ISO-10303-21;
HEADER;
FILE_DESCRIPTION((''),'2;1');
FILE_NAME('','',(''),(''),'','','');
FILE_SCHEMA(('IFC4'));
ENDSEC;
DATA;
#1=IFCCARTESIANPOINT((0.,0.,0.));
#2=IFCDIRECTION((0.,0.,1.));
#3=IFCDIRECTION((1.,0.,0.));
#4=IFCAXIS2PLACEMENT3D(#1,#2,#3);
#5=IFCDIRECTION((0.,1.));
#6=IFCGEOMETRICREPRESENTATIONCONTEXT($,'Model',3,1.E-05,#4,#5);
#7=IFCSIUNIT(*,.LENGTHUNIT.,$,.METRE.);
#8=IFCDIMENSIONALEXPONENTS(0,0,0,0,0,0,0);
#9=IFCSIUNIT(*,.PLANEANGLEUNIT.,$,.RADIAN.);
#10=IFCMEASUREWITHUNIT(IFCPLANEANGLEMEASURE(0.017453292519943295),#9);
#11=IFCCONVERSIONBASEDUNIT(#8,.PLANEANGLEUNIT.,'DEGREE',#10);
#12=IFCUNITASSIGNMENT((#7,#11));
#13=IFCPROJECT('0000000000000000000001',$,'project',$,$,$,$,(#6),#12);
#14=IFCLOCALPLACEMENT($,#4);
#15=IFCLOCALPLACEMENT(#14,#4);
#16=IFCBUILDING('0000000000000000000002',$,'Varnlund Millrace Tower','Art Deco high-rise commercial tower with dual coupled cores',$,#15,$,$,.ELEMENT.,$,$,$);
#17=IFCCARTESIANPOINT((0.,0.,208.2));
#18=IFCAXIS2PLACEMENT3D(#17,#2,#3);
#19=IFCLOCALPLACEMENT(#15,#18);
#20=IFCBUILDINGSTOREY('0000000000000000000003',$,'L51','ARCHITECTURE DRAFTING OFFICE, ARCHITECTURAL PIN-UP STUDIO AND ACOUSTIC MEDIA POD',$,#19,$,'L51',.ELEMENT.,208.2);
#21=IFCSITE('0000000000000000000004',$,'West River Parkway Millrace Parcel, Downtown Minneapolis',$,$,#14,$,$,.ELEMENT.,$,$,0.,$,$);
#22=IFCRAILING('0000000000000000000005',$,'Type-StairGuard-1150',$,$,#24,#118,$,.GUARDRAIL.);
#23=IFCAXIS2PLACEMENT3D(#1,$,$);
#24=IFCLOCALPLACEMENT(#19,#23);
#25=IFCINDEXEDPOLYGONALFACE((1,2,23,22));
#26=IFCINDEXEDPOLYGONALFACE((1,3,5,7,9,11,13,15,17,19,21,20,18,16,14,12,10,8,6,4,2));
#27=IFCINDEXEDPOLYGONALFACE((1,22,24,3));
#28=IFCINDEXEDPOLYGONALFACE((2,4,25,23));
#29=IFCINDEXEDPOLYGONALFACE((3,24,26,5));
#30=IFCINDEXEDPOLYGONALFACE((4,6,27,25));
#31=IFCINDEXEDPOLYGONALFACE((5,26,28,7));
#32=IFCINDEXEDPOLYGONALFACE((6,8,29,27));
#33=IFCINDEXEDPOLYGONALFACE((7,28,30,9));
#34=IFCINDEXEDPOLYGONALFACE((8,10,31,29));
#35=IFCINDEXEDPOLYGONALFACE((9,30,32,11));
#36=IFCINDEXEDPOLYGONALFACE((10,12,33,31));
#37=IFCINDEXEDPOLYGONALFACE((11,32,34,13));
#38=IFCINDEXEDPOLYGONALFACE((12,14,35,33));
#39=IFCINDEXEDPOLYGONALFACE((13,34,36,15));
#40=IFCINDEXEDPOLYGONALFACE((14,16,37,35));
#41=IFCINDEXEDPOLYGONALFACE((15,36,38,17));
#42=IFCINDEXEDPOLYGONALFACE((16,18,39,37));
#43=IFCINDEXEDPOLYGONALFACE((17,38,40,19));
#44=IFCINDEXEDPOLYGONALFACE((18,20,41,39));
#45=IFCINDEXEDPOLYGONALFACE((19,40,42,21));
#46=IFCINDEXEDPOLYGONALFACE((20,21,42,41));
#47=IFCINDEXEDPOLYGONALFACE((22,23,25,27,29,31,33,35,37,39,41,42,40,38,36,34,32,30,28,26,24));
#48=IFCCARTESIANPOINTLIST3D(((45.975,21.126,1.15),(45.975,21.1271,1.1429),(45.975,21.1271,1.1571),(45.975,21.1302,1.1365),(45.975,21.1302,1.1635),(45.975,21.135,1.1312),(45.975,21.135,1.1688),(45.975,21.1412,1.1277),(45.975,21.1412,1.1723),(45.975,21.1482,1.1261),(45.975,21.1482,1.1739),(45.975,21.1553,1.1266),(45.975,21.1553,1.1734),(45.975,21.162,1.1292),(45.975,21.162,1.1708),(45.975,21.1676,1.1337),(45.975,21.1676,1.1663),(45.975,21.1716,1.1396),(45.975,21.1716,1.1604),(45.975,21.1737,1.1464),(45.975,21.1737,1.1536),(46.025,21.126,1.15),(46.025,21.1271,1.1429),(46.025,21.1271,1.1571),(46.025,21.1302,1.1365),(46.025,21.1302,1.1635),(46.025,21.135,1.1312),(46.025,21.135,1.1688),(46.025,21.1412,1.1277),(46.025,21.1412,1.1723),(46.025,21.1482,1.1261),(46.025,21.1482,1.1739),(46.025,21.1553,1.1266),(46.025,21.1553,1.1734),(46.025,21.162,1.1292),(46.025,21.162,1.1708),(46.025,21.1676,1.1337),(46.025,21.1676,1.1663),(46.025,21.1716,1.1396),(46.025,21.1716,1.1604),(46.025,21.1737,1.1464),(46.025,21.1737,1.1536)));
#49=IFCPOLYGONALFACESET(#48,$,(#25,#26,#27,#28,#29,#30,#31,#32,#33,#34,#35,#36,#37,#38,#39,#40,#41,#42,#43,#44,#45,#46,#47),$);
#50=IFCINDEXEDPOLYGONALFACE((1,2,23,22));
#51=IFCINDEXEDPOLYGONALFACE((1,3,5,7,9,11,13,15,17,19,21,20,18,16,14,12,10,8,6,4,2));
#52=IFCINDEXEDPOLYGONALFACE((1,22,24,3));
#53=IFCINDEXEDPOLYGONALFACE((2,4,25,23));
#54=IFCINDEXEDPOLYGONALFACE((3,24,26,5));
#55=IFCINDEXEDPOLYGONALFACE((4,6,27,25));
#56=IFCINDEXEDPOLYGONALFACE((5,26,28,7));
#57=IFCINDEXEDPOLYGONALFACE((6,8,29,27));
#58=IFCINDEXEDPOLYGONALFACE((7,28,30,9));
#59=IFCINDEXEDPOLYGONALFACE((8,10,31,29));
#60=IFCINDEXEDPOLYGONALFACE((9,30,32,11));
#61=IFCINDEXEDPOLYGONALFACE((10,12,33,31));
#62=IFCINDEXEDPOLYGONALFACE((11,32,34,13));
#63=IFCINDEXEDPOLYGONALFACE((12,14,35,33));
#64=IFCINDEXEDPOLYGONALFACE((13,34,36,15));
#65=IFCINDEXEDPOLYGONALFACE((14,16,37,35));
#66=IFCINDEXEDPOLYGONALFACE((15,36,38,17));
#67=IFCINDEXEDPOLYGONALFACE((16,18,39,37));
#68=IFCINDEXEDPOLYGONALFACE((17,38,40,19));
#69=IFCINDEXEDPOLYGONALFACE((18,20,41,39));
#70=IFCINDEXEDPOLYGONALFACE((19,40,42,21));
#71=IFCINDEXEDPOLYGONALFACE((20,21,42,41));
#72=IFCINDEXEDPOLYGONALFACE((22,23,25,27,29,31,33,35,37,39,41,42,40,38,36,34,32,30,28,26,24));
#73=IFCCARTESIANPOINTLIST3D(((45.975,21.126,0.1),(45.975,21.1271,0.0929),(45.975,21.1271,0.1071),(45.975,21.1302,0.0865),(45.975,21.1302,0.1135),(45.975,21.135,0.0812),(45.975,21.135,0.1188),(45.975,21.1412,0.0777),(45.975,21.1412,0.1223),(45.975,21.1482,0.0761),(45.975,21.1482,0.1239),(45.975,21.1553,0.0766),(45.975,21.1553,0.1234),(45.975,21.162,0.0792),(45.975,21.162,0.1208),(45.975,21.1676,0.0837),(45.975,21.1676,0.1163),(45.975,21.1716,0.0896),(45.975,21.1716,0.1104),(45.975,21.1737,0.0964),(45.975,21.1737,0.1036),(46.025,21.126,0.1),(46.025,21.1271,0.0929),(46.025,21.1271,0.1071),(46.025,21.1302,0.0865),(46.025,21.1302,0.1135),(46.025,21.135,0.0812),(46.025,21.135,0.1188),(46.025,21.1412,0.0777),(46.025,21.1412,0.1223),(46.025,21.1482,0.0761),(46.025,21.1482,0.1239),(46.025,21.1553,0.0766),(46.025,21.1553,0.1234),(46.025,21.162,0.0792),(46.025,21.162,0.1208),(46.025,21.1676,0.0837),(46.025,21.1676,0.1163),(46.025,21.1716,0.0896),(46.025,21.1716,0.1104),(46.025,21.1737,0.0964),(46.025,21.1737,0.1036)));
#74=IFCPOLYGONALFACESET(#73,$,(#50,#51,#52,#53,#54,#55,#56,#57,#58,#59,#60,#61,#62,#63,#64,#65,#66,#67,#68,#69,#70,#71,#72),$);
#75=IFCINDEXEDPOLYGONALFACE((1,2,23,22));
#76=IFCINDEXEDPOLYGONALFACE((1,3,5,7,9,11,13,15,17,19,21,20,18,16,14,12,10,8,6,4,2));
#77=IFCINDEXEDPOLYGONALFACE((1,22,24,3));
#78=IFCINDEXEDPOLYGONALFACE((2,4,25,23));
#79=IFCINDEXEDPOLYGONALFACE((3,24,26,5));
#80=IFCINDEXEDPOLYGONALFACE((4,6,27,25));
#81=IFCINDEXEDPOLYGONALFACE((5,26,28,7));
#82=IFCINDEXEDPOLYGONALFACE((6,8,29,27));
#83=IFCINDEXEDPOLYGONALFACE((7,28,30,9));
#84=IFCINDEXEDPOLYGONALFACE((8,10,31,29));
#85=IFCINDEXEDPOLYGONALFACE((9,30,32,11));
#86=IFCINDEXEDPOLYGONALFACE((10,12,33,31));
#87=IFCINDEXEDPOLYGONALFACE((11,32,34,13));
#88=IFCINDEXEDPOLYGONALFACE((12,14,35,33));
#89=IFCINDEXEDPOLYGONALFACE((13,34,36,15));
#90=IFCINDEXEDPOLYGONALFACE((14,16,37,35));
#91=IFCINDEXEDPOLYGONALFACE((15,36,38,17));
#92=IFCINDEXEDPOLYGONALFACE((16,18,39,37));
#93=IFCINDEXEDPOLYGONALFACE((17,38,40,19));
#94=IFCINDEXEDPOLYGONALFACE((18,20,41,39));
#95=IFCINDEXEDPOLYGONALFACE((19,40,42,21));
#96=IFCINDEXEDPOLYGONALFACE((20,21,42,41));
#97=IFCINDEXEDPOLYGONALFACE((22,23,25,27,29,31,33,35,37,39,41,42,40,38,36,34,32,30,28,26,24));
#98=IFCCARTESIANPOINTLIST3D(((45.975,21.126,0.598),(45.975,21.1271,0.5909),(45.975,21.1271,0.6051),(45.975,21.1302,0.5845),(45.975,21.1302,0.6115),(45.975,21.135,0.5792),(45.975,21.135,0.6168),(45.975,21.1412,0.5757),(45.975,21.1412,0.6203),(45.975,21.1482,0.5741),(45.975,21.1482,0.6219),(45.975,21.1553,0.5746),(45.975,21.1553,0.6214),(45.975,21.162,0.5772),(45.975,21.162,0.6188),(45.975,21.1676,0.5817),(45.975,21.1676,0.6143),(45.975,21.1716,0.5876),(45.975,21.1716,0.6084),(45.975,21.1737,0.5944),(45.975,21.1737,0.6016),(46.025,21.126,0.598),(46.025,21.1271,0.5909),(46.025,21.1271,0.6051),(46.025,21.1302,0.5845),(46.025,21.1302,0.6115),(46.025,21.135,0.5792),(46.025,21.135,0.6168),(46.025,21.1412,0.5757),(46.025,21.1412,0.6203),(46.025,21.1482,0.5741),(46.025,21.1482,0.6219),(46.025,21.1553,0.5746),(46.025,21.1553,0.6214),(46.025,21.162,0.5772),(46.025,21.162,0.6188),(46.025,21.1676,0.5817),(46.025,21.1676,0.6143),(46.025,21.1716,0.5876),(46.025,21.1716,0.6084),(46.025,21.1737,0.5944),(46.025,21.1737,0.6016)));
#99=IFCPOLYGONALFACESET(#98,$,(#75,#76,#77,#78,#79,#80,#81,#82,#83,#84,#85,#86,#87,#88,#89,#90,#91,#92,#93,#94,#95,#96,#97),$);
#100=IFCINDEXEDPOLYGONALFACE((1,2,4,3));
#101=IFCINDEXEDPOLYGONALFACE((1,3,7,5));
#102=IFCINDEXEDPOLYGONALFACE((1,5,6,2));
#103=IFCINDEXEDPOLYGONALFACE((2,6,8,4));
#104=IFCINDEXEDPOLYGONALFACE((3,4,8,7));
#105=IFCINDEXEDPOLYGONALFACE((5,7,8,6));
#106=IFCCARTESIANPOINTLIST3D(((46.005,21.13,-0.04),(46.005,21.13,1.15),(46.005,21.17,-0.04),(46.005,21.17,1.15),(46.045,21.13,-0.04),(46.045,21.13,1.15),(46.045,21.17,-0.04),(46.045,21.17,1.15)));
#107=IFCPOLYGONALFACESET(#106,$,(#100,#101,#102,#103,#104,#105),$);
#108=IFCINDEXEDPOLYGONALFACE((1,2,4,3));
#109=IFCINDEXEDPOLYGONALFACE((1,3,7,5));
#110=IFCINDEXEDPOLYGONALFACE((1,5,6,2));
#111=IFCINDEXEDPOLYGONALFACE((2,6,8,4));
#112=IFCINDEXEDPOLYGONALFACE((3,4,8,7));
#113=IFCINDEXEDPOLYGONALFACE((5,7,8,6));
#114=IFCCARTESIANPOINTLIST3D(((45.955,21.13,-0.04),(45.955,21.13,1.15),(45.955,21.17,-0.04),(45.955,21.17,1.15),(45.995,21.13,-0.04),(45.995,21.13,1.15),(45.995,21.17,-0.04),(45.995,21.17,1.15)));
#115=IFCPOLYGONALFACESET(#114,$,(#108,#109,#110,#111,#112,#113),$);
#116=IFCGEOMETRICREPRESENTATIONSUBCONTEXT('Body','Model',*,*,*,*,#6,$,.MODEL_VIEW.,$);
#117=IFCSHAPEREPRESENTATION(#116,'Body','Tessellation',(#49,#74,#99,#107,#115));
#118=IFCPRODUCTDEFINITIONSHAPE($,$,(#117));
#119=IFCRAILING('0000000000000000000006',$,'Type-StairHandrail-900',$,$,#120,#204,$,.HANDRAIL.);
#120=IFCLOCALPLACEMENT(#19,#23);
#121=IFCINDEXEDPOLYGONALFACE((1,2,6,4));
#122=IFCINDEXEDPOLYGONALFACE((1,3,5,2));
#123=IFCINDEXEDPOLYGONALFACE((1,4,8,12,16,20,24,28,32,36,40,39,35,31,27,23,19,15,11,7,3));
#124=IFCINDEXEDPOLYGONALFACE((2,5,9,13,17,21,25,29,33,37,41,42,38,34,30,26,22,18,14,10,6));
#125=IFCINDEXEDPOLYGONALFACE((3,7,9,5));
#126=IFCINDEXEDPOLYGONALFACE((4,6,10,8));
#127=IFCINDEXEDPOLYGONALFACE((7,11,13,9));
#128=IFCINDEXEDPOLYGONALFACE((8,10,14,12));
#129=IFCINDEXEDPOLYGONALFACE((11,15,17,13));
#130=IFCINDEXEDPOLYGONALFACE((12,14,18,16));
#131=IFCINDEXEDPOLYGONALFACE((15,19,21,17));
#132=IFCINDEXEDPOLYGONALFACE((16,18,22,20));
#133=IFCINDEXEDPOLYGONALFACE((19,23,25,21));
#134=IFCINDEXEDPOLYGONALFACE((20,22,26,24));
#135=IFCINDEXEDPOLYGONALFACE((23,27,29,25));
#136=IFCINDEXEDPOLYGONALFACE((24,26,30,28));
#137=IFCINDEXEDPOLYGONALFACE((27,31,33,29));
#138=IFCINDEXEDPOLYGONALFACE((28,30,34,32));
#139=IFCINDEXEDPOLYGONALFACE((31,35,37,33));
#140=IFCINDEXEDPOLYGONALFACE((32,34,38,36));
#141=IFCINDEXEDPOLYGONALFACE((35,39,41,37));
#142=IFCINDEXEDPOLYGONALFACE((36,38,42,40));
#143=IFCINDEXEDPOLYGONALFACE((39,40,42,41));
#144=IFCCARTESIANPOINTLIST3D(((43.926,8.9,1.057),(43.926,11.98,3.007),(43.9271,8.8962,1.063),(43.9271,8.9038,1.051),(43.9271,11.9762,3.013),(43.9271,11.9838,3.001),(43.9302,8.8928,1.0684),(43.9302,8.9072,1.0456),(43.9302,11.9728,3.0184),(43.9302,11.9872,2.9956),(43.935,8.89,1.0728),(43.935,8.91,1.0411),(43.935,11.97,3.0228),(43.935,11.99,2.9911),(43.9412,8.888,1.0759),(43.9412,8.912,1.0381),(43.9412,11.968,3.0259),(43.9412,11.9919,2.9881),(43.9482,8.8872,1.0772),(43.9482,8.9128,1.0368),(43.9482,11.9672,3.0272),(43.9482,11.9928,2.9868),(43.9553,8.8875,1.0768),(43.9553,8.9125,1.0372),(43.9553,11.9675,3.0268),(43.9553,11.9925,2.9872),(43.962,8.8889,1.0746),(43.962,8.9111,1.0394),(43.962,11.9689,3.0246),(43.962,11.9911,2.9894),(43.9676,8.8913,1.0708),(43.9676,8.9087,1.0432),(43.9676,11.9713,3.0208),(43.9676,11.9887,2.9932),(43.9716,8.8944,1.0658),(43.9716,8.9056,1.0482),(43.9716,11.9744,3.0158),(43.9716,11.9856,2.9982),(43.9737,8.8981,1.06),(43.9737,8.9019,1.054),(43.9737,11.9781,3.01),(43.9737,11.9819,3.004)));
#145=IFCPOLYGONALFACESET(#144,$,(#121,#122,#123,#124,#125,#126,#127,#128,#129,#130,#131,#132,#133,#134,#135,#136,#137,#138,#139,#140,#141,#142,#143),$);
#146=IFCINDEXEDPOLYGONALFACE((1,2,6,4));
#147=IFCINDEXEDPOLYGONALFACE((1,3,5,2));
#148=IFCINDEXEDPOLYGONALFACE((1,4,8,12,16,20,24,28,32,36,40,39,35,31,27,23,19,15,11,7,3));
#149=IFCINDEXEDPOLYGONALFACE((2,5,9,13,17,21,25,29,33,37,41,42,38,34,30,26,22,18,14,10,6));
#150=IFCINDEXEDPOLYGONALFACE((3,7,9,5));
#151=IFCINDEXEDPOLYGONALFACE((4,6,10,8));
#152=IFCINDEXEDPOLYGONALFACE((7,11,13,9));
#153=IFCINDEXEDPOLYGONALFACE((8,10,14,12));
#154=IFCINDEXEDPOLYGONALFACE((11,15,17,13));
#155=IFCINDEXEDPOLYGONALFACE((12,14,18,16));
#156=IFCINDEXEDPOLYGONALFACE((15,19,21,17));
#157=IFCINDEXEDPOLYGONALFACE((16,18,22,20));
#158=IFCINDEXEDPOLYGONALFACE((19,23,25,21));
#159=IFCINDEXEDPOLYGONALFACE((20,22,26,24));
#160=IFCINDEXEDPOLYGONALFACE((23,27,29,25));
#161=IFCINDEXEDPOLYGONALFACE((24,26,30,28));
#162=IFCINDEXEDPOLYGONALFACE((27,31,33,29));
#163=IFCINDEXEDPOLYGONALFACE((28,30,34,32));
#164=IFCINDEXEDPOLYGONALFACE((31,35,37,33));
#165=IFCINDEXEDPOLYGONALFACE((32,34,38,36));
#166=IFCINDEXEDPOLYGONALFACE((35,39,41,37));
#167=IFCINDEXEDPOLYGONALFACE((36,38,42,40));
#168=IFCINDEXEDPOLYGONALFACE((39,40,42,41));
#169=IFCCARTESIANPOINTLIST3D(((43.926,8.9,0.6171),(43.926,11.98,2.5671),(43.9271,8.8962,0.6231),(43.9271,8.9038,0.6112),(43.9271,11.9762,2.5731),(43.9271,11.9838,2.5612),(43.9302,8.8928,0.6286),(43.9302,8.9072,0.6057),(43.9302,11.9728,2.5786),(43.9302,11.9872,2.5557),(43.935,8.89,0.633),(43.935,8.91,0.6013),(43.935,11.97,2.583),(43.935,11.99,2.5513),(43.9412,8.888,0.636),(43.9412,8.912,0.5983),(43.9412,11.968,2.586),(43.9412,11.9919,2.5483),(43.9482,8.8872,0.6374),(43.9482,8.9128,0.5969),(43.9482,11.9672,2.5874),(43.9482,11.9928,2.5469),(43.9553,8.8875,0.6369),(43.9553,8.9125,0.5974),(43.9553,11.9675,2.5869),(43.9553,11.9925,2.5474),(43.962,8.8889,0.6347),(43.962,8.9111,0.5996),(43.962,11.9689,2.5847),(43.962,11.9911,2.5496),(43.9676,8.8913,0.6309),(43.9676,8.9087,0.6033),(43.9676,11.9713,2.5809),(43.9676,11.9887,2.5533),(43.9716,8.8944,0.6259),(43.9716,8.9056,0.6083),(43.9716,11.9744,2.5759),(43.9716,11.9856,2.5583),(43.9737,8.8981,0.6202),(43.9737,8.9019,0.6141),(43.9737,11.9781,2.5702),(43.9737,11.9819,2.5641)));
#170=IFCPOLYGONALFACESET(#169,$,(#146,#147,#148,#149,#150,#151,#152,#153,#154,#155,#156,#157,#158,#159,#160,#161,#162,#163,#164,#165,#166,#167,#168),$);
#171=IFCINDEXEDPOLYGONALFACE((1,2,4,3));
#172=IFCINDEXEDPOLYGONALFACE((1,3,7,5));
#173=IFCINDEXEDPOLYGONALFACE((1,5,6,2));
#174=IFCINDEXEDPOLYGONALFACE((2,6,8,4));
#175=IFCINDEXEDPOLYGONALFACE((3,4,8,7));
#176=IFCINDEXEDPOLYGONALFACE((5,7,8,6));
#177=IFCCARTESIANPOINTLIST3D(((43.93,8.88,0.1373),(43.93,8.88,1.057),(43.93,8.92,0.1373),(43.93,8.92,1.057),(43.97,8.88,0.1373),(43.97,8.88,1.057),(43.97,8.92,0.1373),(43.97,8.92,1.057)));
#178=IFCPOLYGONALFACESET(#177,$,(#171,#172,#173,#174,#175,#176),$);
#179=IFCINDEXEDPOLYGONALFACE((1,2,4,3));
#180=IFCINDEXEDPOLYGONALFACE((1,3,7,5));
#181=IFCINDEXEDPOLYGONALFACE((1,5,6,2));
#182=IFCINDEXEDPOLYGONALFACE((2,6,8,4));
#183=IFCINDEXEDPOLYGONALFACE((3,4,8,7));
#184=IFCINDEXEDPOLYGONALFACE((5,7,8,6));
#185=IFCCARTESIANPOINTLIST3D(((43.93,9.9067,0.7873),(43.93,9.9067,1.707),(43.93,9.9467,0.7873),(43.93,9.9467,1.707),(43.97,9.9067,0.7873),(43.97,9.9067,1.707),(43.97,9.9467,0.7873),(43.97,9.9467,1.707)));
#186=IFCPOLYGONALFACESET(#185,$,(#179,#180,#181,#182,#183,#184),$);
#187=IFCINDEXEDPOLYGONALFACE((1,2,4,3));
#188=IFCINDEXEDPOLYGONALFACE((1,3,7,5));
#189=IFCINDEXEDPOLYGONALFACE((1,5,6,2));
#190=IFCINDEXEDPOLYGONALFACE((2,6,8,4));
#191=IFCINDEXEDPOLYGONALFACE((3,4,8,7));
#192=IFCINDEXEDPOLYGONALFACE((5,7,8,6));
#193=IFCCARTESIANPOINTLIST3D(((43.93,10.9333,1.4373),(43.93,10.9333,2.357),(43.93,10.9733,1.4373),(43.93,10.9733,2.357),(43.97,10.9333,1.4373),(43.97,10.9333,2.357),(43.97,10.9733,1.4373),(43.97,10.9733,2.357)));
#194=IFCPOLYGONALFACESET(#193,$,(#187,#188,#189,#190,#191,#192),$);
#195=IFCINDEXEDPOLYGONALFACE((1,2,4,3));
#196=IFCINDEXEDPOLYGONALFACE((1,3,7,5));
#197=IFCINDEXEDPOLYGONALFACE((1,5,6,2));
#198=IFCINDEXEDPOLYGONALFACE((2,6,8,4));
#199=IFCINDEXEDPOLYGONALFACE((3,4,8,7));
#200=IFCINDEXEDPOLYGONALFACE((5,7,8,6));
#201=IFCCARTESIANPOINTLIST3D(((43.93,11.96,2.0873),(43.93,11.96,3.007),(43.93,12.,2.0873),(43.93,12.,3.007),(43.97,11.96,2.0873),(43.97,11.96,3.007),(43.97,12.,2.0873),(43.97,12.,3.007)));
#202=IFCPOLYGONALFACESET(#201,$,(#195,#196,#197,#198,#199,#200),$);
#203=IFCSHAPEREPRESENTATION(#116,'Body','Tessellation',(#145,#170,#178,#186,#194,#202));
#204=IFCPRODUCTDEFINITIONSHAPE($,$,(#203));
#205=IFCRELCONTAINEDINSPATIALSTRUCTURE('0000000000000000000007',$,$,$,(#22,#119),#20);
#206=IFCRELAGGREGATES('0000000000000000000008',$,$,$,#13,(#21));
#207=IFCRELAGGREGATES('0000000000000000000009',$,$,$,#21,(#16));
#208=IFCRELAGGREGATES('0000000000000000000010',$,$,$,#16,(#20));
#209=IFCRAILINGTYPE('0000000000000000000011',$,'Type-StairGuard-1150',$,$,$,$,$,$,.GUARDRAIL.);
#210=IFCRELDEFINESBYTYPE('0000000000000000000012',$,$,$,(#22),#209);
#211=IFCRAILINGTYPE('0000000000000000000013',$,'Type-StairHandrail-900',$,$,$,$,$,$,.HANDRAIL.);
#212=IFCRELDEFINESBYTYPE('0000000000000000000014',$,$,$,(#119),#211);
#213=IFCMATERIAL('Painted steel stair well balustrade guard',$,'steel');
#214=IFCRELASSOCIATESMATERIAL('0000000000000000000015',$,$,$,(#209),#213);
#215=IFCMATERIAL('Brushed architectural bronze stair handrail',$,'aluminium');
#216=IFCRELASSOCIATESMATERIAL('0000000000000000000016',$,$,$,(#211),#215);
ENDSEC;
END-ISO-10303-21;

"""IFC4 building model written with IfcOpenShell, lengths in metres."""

from ifc_helpers import new_model, entity, si_unit, converted_unit, direction, frame, origin_with_axes, origin_2d_with_axis, place, context, subcontext, project, spatial, rectangle, circle, extrude, material, type_object, element, save


model = new_model("IFC4")

# Units and contexts
model_context = context("Model", 3, precision=1e-05, world=origin_with_axes(), true_north=direction((0.0, 1.0)))
body_context = subcontext(model_context, "Body", "Model", "MODEL_VIEW")
ifc_project = project(units=[si_unit("LENGTHUNIT", "METRE"), converted_unit("PLANEANGLEUNIT", "DEGREE", entity("IfcPlaneAngleMeasure", 0.017453292519943295), si_unit("PLANEANGLEUNIT", "RADIAN"), dimensions=[0, 0, 0, 0, 0, 0, 0])], contexts=[model_context])

# Site, building, storey
site_placement = place(None, origin_with_axes())
site = spatial("IfcSite", under=ifc_project, at=site_placement, Name="West River Parkway Millrace Parcel, Downtown Minneapolis", CompositionType="ELEMENT", RefElevation=0.0)
building_placement = place(site_placement, origin_with_axes())
building = spatial("IfcBuilding", under=site, at=building_placement, Name="Varnlund Millrace Tower", Description="Art Deco high-rise commercial tower with dual coupled cores", CompositionType="ELEMENT")
storey_placement = place(building_placement, frame((0.0, 0.0, 208.2), z_axis=(0.0, 0.0, 1.0), x_axis=(1.0, 0.0, 0.0)))
storey = spatial("IfcBuildingStorey", under=building, at=storey_placement, Name="L51", Description="ARCHITECTURE DRAFTING OFFICE, ARCHITECTURAL PIN-UP STUDIO AND ACOUSTIC MEDIA POD", LongName="L51", CompositionType="ELEMENT", Elevation=208.2)

# Railings
ifc_material_1 = material(Name="Painted steel stair well balustrade guard", Category="steel")
railing_type_1 = type_object("IfcRailingType", Name="Type-StairGuard-1150", PredefinedType="GUARDRAIL", material=ifc_material_1)
railing_1_placement = place(storey_placement, frame((0.0, 0.0, -208.2), z_axis=(0.0, 0.0, 1.0), x_axis=(1.0, 0.0, 0.0)))
element("IfcRailing", 1, at=railing_1_placement, inside=storey, type_object=railing_type_1, Name="Type-StairGuard-1150", PredefinedType="GUARDRAIL", context=body_context, shape_type="SweptSolid", body=[
    extrude(circle(Radius=0.024, at=origin_2d_with_axis()), frame((46.025, 21.15, 209.35), z_axis=(-1.0, 0.0, 0.0), x_axis=(0.0, -1.0, 0.0)), (0.0, 0.0, 1.0), 0.05),
    extrude(circle(Radius=0.024, at=origin_2d_with_axis()), frame((46.025, 21.15, 208.3), z_axis=(-1.0, 0.0, 0.0), x_axis=(0.0, -1.0, 0.0)), (0.0, 0.0, 1.0), 0.05),
    extrude(circle(Radius=0.024, at=origin_2d_with_axis()), frame((46.025, 21.15, 208.798), z_axis=(-1.0, 0.0, 0.0), x_axis=(0.0, -1.0, 0.0)), (0.0, 0.0, 1.0), 0.05),
    extrude(rectangle(XDim=0.04, YDim=0.04, at=origin_2d_with_axis()), frame((46.025, 21.15, 208.16), z_axis=(0.0, 0.0, 1.0), x_axis=(1.0, 0.0, 0.0)), (0.0, 0.0, 1.0), 1.19),
    extrude(rectangle(XDim=0.04, YDim=0.04, at=origin_2d_with_axis()), frame((45.975, 21.15, 208.16), z_axis=(0.0, 0.0, 1.0), x_axis=(1.0, 0.0, 0.0)), (0.0, 0.0, 1.0), 1.19),
])
ifc_material_2 = material(Name="Brushed architectural bronze stair handrail", Category="aluminium")
railing_type_2 = type_object("IfcRailingType", Name="Type-StairHandrail-900", PredefinedType="HANDRAIL", material=ifc_material_2)
railing_2_placement = place(storey_placement, frame((0.0, 0.0, -208.2), z_axis=(0.0, 0.0, 1.0), x_axis=(1.0, 0.0, 0.0)))
element("IfcRailing", 2, at=railing_2_placement, inside=storey, type_object=railing_type_2, Name="Type-StairHandrail-900", PredefinedType="HANDRAIL", context=body_context, shape_type="SweptSolid", body=[
    extrude(circle(Radius=0.024, at=origin_2d_with_axis()), frame((43.95, 8.9, 209.257), z_axis=(0.0, 0.844902, 0.534922), x_axis=(-1.0, 0.0, 0.0)), (0.0, 0.0, 1.0), 3.6454),
    extrude(circle(Radius=0.024, at=origin_2d_with_axis()), frame((43.95, 8.9, 208.8171), z_axis=(0.0, 0.844902, 0.534922), x_axis=(-1.0, 0.0, 0.0)), (0.0, 0.0, 1.0), 3.6454),
    extrude(rectangle(XDim=0.04, YDim=0.04, at=origin_2d_with_axis()), frame((43.95, 8.9, 208.3373), z_axis=(0.0, 0.0, 1.0), x_axis=(1.0, 0.0, 0.0)), (0.0, 0.0, 1.0), 0.9197),
    extrude(rectangle(XDim=0.04, YDim=0.04, at=origin_2d_with_axis()), frame((43.95, 9.9267, 208.9873), z_axis=(0.0, 0.0, 1.0), x_axis=(1.0, 0.0, 0.0)), (0.0, 0.0, 1.0), 0.9197),
    extrude(rectangle(XDim=0.04, YDim=0.04, at=origin_2d_with_axis()), frame((43.95, 10.9533, 209.6373), z_axis=(0.0, 0.0, 1.0), x_axis=(1.0, 0.0, 0.0)), (0.0, 0.0, 1.0), 0.9197),
    extrude(rectangle(XDim=0.04, YDim=0.04, at=origin_2d_with_axis()), frame((43.95, 11.98, 210.2873), z_axis=(0.0, 0.0, 1.0), x_axis=(1.0, 0.0, 0.0)), (0.0, 0.0, 1.0), 0.9197),
])

save(model, "model.ifc")
